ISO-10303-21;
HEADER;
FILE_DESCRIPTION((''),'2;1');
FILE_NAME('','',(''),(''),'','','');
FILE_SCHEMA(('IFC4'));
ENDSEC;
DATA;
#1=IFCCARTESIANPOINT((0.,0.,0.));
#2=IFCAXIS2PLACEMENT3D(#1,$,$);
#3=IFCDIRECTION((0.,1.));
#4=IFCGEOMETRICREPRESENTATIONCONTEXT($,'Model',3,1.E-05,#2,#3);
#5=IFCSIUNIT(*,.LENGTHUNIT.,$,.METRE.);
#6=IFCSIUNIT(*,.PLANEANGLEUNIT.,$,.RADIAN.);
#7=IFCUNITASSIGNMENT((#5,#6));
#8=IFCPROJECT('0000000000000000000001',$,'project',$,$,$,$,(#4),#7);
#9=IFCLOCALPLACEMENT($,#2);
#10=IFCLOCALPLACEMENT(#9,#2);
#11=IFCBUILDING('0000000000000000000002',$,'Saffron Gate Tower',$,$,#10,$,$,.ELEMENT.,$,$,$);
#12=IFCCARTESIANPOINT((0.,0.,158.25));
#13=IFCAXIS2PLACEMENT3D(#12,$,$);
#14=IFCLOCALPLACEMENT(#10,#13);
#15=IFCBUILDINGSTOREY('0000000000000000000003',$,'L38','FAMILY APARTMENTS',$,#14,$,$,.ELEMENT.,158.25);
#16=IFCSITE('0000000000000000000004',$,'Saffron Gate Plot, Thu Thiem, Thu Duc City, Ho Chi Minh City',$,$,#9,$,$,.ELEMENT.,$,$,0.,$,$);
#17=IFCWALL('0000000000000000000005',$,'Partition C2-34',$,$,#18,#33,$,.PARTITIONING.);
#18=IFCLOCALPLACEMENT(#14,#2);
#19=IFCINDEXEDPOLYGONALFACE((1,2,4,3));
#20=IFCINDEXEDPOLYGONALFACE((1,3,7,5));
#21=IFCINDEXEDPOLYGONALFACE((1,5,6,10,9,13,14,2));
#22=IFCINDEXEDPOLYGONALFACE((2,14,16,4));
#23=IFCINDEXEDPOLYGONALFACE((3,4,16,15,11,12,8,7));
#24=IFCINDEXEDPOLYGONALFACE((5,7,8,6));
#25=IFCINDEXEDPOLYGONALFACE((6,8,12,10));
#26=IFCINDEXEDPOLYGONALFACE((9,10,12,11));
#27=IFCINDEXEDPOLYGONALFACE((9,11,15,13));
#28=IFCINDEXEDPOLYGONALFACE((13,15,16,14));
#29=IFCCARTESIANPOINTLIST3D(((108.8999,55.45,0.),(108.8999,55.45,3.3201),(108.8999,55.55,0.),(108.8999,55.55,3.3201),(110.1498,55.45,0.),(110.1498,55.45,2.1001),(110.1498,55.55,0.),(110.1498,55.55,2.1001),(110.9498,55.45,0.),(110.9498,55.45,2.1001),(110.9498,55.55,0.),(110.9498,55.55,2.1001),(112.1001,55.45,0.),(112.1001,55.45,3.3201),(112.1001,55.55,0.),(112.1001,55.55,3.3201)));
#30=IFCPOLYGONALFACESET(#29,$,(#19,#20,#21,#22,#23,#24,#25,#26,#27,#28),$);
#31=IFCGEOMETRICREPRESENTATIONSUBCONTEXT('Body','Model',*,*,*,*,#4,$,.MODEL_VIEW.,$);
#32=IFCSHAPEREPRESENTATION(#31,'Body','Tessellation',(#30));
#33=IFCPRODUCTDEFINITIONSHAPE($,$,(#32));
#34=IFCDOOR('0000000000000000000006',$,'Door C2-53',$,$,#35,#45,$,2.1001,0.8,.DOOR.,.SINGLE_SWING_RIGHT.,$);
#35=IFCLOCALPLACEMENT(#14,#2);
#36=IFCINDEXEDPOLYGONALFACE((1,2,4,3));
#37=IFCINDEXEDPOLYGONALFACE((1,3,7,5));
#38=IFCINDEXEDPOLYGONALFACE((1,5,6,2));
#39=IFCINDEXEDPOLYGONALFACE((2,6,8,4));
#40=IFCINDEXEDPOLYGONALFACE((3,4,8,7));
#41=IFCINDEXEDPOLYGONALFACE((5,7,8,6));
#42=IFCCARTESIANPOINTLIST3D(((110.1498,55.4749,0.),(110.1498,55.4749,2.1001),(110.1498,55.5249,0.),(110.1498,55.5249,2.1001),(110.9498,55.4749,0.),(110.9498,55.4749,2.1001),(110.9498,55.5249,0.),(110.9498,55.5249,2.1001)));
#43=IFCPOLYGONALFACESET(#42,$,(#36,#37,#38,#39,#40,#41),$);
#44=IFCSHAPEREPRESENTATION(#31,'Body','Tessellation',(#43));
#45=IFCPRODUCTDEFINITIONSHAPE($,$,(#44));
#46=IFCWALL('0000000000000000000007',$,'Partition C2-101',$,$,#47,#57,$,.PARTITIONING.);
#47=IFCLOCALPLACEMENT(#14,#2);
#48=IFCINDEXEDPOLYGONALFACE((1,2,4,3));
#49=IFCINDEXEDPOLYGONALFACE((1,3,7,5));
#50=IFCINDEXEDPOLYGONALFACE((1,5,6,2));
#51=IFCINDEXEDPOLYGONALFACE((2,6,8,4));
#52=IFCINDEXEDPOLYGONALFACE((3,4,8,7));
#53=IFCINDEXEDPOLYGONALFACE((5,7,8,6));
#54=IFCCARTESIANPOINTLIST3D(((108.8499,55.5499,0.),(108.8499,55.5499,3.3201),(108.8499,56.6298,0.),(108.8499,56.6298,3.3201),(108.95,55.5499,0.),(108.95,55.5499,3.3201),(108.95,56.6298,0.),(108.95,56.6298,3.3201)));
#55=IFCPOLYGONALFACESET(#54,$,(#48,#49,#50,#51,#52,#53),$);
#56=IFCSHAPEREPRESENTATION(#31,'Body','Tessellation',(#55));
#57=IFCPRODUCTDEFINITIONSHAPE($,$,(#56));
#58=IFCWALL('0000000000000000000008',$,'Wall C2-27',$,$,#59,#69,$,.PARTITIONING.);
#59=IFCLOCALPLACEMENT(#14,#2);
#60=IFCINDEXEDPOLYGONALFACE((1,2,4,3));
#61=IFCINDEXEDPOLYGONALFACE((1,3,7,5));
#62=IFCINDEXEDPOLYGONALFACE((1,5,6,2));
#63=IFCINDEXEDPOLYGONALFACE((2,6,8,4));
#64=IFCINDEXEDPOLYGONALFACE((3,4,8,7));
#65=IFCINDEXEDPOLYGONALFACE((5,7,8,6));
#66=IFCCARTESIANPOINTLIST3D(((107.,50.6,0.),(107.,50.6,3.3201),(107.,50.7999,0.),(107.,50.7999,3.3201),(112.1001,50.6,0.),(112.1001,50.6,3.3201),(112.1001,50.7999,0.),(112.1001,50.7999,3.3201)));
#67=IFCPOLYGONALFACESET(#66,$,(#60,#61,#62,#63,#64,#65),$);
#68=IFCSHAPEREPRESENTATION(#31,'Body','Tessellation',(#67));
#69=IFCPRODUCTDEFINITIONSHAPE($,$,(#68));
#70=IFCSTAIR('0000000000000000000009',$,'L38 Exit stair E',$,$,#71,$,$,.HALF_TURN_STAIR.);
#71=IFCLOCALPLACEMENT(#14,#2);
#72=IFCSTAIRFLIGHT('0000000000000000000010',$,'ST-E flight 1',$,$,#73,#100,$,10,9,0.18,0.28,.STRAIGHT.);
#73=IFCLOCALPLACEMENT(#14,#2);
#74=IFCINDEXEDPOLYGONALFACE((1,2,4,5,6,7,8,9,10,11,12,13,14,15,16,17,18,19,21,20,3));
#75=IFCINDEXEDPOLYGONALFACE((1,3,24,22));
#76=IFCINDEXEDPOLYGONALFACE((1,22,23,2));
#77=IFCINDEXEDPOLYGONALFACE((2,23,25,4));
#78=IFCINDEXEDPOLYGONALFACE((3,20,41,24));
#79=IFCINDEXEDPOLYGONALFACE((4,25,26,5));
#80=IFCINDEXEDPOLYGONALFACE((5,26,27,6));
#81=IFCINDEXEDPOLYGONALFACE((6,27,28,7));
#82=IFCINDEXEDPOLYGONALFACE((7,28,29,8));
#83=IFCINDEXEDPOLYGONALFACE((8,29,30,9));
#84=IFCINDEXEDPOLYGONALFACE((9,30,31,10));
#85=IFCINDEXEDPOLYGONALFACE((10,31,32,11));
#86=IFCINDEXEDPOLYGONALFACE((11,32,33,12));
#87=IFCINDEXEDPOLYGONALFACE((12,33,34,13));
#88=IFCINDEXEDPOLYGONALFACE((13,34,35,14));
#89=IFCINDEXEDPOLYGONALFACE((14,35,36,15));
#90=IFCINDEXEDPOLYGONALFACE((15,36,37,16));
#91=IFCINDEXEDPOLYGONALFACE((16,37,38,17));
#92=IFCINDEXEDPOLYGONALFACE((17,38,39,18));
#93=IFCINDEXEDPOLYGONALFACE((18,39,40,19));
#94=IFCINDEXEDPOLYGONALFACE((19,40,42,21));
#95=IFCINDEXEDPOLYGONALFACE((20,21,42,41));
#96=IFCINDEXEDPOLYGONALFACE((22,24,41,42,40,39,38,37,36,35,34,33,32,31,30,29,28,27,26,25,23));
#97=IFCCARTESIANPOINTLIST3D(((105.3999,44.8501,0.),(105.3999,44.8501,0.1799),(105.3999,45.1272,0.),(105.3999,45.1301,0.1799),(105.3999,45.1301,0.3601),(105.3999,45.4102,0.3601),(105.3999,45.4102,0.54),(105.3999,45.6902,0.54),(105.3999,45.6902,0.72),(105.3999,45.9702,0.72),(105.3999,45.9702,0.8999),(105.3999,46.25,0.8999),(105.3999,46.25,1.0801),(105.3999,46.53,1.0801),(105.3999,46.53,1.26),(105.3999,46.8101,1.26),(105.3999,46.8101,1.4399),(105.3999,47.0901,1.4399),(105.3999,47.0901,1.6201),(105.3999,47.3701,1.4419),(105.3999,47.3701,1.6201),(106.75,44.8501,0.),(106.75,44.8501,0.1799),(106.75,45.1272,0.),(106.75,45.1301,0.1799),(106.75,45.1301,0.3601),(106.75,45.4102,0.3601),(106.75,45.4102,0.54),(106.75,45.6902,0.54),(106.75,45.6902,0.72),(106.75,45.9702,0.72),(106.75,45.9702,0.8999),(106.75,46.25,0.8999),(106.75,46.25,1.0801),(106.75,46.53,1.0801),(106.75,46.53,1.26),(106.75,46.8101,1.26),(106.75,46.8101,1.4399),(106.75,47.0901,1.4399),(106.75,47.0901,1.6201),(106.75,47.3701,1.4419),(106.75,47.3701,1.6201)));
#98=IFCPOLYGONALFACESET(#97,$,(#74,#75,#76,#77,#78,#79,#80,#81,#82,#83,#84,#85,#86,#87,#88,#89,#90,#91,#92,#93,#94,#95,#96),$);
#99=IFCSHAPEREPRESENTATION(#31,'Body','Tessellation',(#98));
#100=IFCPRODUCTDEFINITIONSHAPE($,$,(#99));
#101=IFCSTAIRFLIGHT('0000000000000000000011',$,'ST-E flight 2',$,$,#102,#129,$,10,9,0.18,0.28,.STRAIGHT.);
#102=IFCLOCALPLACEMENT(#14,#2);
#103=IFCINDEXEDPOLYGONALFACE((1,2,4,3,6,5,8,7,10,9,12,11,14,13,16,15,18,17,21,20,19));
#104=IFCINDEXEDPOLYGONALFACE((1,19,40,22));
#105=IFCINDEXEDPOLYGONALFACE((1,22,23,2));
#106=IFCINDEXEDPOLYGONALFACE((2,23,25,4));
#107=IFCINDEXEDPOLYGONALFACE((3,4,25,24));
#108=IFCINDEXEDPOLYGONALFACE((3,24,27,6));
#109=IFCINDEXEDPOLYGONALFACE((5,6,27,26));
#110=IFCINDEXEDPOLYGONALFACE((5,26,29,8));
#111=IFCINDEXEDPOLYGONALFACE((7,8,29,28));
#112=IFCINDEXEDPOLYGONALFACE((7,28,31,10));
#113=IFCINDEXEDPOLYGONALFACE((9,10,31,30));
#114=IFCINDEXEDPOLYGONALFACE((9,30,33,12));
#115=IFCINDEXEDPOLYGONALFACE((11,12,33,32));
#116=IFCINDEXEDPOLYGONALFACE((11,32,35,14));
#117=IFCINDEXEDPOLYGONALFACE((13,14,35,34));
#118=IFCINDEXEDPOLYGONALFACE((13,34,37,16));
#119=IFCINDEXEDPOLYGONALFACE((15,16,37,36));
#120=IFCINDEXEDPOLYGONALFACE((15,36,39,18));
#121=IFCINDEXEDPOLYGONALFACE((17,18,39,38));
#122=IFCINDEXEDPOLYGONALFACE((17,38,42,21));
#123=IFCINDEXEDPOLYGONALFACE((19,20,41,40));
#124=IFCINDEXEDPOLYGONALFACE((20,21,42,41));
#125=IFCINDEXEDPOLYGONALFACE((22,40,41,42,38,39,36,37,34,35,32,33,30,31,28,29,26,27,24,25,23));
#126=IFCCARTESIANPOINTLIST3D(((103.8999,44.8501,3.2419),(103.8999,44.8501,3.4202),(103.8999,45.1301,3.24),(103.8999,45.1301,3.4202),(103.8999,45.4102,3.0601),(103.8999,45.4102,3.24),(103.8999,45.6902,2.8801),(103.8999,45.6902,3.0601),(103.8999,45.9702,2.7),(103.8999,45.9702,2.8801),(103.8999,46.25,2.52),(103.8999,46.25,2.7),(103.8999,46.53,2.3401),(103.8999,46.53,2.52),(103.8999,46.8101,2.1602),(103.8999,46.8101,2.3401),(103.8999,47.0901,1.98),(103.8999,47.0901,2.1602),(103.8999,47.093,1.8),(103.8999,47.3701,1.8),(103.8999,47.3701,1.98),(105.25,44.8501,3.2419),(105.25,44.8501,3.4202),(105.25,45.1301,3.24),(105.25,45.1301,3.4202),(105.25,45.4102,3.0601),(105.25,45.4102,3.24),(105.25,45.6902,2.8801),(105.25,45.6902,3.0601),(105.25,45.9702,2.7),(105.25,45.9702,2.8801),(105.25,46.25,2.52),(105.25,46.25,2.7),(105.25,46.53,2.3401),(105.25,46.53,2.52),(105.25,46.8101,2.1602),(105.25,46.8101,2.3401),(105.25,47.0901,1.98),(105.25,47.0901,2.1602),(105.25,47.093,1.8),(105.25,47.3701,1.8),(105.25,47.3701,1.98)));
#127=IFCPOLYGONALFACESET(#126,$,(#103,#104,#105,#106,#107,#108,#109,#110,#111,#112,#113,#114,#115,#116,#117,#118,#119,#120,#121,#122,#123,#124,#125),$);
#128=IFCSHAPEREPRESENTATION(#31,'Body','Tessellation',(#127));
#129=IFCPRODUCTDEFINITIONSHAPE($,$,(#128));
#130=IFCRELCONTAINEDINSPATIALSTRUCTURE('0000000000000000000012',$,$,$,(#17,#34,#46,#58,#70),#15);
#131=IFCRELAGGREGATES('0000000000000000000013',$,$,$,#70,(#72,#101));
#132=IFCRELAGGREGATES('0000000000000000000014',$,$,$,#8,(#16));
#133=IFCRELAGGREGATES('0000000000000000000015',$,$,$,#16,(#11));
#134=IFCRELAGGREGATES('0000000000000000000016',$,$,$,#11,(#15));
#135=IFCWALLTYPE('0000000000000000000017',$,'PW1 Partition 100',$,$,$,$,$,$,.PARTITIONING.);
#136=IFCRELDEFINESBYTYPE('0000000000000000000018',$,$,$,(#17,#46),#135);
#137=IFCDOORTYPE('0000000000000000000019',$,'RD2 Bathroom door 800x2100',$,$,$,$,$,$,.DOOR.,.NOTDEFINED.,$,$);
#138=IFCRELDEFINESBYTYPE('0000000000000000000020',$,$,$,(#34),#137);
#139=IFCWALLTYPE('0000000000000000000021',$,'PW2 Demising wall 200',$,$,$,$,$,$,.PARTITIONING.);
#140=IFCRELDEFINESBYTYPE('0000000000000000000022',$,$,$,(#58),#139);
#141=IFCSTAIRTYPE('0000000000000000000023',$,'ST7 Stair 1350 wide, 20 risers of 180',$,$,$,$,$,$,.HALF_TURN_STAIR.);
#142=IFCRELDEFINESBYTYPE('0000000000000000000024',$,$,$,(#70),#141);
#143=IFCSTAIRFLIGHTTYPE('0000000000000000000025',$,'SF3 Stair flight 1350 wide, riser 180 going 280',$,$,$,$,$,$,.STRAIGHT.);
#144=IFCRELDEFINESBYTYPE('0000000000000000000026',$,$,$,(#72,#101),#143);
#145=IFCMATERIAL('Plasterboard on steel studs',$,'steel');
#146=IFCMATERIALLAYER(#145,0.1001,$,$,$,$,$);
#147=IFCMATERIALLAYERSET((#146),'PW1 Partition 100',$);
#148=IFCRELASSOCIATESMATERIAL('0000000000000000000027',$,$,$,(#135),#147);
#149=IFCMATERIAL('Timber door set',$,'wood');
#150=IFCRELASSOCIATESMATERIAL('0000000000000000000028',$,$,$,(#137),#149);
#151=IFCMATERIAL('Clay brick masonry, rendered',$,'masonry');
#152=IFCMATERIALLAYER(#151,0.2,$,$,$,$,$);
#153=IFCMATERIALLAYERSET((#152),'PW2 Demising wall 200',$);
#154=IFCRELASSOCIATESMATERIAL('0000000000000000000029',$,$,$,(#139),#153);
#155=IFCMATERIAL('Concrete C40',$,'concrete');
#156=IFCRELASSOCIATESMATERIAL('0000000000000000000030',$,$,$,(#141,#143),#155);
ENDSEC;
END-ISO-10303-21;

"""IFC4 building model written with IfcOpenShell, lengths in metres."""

from ifc_helpers import new_model, si_unit, direction, frame, frame_2d, origin, place, context, subcontext, project, spatial, polyline, rectangle, outline, extrude, material, layer, layer_set, type_object, element, fill, aggregate, save


model = new_model("IFC4")

# Units and contexts
model_context = context("Model", 3, precision=1e-05, world=origin(), true_north=direction((0.0, 1.0)))
body_context = subcontext(model_context, "Body", "Model", "MODEL_VIEW")
ifc_project = project(units=[si_unit("LENGTHUNIT", "METRE"), si_unit("PLANEANGLEUNIT", "RADIAN")], contexts=[model_context])

# Site, building, storey
site_placement = place(None, origin())
site = spatial("IfcSite", under=ifc_project, at=site_placement, Name="Saffron Gate Plot, Thu Thiem, Thu Duc City, Ho Chi Minh City", CompositionType="ELEMENT", RefElevation=0.0)
building_placement = place(site_placement, origin())
building = spatial("IfcBuilding", under=site, at=building_placement, Name="Saffron Gate Tower", CompositionType="ELEMENT")
storey_placement = place(building_placement, frame((0.0, 0.0, 158.25)))
storey = spatial("IfcBuildingStorey", under=building, at=storey_placement, Name="L38", Description="FAMILY APARTMENTS", CompositionType="ELEMENT", Elevation=158.25)

# Wall, opening, door
ifc_material_1 = material(Name="Plasterboard on steel studs", Category="steel")
ifc_layer_1 = layer(ifc_material_1, 0.1001)
ifc_layer_set_1 = layer_set([ifc_layer_1], Name="PW1 Partition 100")
wall_type_1 = type_object("IfcWallType", Name="PW1 Partition 100", PredefinedType="PARTITIONING", material=ifc_layer_set_1)
ifc_material_2 = material(Name="Timber door set", Category="wood")
wall_1_placement = place(storey_placement, frame((108.8999, 55.5, 0.0), z_axis=(0.0, 0.0, 1.0), x_axis=(1.0, 0.0, 0.0)))
wall_1 = element("IfcWall", 1, at=wall_1_placement, inside=storey, type_object=wall_type_1, Name="Partition C2-34", PredefinedType="PARTITIONING", context=body_context, shape_type="SweptSolid", body=[
    extrude(rectangle(XDim=3.2002, YDim=0.1001, at=frame_2d((1.6001, 0.0))), origin(), (0.0, 0.0, 1.0), 3.3201),
])
opening_1_placement = place(wall_1_placement, frame((1.25, 0.0, 0.0)))
opening_1 = element("IfcOpeningElement", 2, at=opening_1_placement, cuts=wall_1, PredefinedType="OPENING", context=body_context, shape_type="SweptSolid", body=[
    extrude(rectangle(XDim=0.8, YDim=2.1001, at=frame_2d((0.3999, 1.05))), frame((0.0, 0.0601, 0.0), z_axis=(0.0, -1.0, 0.0), x_axis=(1.0, 0.0, 0.0)), (0.0, 0.0, 1.0), 0.1201),
])
door_type_1 = type_object("IfcDoorType", Name="RD2 Bathroom door 800x2100", OperationType="NOTDEFINED", PredefinedType="DOOR", material=ifc_material_2)
door_1_placement = place(opening_1_placement, origin())
door_1 = element("IfcDoor", 3, at=door_1_placement, inside=storey, type_object=door_type_1, Name="Door C2-53", OperationType="SINGLE_SWING_RIGHT", OverallHeight=2.1001, OverallWidth=0.8, PredefinedType="DOOR", context=body_context, shape_type="SweptSolid", body=[
    extrude(rectangle(XDim=0.8, YDim=2.1001, at=frame_2d((0.3999, 1.05))), frame((0.0, 0.0249, 0.0), z_axis=(0.0, -1.0, 0.0), x_axis=(1.0, 0.0, 0.0)), (0.0, 0.0, 1.0), 0.05),
])
fill(opening_1, door_1)

# Walls
wall_2_placement = place(storey_placement, frame((108.8999, 56.6299, 0.0), z_axis=(0.0, 0.0, 1.0), x_axis=(0.0, -1.0, 0.0)))
element("IfcWall", 4, at=wall_2_placement, inside=storey, type_object=wall_type_1, Name="Partition C2-101", PredefinedType="PARTITIONING", context=body_context, shape_type="SweptSolid", body=[
    extrude(rectangle(XDim=1.0798, YDim=0.1001, at=frame_2d((0.54, 0.0))), origin(), (0.0, 0.0, 1.0), 3.3201),
])
ifc_material_3 = material(Name="Clay brick masonry, rendered", Category="masonry")
ifc_layer_2 = layer(ifc_material_3, 0.2)
ifc_layer_set_2 = layer_set([ifc_layer_2], Name="PW2 Demising wall 200")
wall_type_2 = type_object("IfcWallType", Name="PW2 Demising wall 200", PredefinedType="PARTITIONING", material=ifc_layer_set_2)
wall_3_placement = place(storey_placement, frame((107.0, 50.7, 0.0), z_axis=(0.0, 0.0, 1.0), x_axis=(1.0, 0.0, 0.0)))
element("IfcWall", 5, at=wall_3_placement, inside=storey, type_object=wall_type_2, Name="Wall C2-27", PredefinedType="PARTITIONING", context=body_context, shape_type="SweptSolid", body=[
    extrude(rectangle(XDim=5.1001, YDim=0.2, at=frame_2d((2.55, 0.0))), origin(), (0.0, 0.0, 1.0), 3.3201),
])

# Stair, stair flights
ifc_material_4 = material(Name="Concrete C40", Category="concrete")
stair_type = type_object("IfcStairType", Name="ST7 Stair 1350 wide, 20 risers of 180", PredefinedType="HALF_TURN_STAIR", material=ifc_material_4)
stair_placement = place(storey_placement, origin())
stair = element("IfcStair", 6, at=stair_placement, inside=storey, type_object=stair_type, Name="L38 Exit stair E", PredefinedType="HALF_TURN_STAIR")
stair_flight_type = type_object("IfcStairFlightType", Name="SF3 Stair flight 1350 wide, riser 180 going 280", PredefinedType="STRAIGHT", material=ifc_material_4)
stair_flight_1_placement = place(storey_placement, frame((106.075, 44.8501, 0.0), z_axis=(0.0, 0.0, 1.0), x_axis=(0.0, 1.0, 0.0)))
stair_flight_1 = element("IfcStairFlight", 7, at=stair_flight_1_placement, type_object=stair_flight_type, Name="ST-E flight 1", NumberOfRisers=10, NumberOfTreads=9, PredefinedType="STRAIGHT", RiserHeight=0.18, TreadLength=0.28, context=body_context, shape_type="SweptSolid", body=[
    extrude(outline(polyline([(0.0, 0.0), (0.0, 0.1799), (0.28, 0.1799), (0.28, 0.3601), (0.5601, 0.3601), (0.5601, 0.54), (0.8401, 0.54), (0.8401, 0.72), (1.1201, 0.72), (1.1201, 0.8999), (1.3999, 0.8999), (1.3999, 1.0801), (1.6799, 1.0801), (1.6799, 1.26), (1.96, 1.26), (1.96, 1.4399), (2.24, 1.4399), (2.24, 1.6201), (2.52, 1.6201), (2.52, 1.8), (2.52, 1.4419), (0.2771, 0.0), (0.0, 0.0)])), frame((0.0, 0.675, 0.0), z_axis=(0.0, -1.0, 0.0), x_axis=(1.0, 0.0, 0.0)), (0.0, 0.0, 1.0), 1.3501),
])
stair_flight_2_placement = place(storey_placement, frame((104.575, 47.3701, 1.8), z_axis=(0.0, 0.0, 1.0), x_axis=(0.0, -1.0, 0.0)))
stair_flight_2 = element("IfcStairFlight", 8, at=stair_flight_2_placement, type_object=stair_flight_type, Name="ST-E flight 2", NumberOfRisers=10, NumberOfTreads=9, PredefinedType="STRAIGHT", RiserHeight=0.18, TreadLength=0.28, context=body_context, shape_type="SweptSolid", body=[
    extrude(outline(polyline([(0.0, 0.0), (0.0, 0.1799), (0.28, 0.1799), (0.28, 0.3601), (0.5601, 0.3601), (0.5601, 0.54), (0.8401, 0.54), (0.8401, 0.72), (1.1201, 0.72), (1.1201, 0.8999), (1.3999, 0.8999), (1.3999, 1.0801), (1.6799, 1.0801), (1.6799, 1.26), (1.96, 1.26), (1.96, 1.4399), (2.24, 1.4399), (2.24, 1.6201), (2.52, 1.6201), (2.52, 1.8), (2.52, 1.4419), (0.2771, 0.0), (0.0, 0.0)])), frame((0.0, 0.675, 0.0), z_axis=(0.0, -1.0, 0.0), x_axis=(1.0, 0.0, 0.0)), (0.0, 0.0, 1.0), 1.3501),
])
aggregate(stair, [stair_flight_1, stair_flight_2])

save(model, "model.ifc")
